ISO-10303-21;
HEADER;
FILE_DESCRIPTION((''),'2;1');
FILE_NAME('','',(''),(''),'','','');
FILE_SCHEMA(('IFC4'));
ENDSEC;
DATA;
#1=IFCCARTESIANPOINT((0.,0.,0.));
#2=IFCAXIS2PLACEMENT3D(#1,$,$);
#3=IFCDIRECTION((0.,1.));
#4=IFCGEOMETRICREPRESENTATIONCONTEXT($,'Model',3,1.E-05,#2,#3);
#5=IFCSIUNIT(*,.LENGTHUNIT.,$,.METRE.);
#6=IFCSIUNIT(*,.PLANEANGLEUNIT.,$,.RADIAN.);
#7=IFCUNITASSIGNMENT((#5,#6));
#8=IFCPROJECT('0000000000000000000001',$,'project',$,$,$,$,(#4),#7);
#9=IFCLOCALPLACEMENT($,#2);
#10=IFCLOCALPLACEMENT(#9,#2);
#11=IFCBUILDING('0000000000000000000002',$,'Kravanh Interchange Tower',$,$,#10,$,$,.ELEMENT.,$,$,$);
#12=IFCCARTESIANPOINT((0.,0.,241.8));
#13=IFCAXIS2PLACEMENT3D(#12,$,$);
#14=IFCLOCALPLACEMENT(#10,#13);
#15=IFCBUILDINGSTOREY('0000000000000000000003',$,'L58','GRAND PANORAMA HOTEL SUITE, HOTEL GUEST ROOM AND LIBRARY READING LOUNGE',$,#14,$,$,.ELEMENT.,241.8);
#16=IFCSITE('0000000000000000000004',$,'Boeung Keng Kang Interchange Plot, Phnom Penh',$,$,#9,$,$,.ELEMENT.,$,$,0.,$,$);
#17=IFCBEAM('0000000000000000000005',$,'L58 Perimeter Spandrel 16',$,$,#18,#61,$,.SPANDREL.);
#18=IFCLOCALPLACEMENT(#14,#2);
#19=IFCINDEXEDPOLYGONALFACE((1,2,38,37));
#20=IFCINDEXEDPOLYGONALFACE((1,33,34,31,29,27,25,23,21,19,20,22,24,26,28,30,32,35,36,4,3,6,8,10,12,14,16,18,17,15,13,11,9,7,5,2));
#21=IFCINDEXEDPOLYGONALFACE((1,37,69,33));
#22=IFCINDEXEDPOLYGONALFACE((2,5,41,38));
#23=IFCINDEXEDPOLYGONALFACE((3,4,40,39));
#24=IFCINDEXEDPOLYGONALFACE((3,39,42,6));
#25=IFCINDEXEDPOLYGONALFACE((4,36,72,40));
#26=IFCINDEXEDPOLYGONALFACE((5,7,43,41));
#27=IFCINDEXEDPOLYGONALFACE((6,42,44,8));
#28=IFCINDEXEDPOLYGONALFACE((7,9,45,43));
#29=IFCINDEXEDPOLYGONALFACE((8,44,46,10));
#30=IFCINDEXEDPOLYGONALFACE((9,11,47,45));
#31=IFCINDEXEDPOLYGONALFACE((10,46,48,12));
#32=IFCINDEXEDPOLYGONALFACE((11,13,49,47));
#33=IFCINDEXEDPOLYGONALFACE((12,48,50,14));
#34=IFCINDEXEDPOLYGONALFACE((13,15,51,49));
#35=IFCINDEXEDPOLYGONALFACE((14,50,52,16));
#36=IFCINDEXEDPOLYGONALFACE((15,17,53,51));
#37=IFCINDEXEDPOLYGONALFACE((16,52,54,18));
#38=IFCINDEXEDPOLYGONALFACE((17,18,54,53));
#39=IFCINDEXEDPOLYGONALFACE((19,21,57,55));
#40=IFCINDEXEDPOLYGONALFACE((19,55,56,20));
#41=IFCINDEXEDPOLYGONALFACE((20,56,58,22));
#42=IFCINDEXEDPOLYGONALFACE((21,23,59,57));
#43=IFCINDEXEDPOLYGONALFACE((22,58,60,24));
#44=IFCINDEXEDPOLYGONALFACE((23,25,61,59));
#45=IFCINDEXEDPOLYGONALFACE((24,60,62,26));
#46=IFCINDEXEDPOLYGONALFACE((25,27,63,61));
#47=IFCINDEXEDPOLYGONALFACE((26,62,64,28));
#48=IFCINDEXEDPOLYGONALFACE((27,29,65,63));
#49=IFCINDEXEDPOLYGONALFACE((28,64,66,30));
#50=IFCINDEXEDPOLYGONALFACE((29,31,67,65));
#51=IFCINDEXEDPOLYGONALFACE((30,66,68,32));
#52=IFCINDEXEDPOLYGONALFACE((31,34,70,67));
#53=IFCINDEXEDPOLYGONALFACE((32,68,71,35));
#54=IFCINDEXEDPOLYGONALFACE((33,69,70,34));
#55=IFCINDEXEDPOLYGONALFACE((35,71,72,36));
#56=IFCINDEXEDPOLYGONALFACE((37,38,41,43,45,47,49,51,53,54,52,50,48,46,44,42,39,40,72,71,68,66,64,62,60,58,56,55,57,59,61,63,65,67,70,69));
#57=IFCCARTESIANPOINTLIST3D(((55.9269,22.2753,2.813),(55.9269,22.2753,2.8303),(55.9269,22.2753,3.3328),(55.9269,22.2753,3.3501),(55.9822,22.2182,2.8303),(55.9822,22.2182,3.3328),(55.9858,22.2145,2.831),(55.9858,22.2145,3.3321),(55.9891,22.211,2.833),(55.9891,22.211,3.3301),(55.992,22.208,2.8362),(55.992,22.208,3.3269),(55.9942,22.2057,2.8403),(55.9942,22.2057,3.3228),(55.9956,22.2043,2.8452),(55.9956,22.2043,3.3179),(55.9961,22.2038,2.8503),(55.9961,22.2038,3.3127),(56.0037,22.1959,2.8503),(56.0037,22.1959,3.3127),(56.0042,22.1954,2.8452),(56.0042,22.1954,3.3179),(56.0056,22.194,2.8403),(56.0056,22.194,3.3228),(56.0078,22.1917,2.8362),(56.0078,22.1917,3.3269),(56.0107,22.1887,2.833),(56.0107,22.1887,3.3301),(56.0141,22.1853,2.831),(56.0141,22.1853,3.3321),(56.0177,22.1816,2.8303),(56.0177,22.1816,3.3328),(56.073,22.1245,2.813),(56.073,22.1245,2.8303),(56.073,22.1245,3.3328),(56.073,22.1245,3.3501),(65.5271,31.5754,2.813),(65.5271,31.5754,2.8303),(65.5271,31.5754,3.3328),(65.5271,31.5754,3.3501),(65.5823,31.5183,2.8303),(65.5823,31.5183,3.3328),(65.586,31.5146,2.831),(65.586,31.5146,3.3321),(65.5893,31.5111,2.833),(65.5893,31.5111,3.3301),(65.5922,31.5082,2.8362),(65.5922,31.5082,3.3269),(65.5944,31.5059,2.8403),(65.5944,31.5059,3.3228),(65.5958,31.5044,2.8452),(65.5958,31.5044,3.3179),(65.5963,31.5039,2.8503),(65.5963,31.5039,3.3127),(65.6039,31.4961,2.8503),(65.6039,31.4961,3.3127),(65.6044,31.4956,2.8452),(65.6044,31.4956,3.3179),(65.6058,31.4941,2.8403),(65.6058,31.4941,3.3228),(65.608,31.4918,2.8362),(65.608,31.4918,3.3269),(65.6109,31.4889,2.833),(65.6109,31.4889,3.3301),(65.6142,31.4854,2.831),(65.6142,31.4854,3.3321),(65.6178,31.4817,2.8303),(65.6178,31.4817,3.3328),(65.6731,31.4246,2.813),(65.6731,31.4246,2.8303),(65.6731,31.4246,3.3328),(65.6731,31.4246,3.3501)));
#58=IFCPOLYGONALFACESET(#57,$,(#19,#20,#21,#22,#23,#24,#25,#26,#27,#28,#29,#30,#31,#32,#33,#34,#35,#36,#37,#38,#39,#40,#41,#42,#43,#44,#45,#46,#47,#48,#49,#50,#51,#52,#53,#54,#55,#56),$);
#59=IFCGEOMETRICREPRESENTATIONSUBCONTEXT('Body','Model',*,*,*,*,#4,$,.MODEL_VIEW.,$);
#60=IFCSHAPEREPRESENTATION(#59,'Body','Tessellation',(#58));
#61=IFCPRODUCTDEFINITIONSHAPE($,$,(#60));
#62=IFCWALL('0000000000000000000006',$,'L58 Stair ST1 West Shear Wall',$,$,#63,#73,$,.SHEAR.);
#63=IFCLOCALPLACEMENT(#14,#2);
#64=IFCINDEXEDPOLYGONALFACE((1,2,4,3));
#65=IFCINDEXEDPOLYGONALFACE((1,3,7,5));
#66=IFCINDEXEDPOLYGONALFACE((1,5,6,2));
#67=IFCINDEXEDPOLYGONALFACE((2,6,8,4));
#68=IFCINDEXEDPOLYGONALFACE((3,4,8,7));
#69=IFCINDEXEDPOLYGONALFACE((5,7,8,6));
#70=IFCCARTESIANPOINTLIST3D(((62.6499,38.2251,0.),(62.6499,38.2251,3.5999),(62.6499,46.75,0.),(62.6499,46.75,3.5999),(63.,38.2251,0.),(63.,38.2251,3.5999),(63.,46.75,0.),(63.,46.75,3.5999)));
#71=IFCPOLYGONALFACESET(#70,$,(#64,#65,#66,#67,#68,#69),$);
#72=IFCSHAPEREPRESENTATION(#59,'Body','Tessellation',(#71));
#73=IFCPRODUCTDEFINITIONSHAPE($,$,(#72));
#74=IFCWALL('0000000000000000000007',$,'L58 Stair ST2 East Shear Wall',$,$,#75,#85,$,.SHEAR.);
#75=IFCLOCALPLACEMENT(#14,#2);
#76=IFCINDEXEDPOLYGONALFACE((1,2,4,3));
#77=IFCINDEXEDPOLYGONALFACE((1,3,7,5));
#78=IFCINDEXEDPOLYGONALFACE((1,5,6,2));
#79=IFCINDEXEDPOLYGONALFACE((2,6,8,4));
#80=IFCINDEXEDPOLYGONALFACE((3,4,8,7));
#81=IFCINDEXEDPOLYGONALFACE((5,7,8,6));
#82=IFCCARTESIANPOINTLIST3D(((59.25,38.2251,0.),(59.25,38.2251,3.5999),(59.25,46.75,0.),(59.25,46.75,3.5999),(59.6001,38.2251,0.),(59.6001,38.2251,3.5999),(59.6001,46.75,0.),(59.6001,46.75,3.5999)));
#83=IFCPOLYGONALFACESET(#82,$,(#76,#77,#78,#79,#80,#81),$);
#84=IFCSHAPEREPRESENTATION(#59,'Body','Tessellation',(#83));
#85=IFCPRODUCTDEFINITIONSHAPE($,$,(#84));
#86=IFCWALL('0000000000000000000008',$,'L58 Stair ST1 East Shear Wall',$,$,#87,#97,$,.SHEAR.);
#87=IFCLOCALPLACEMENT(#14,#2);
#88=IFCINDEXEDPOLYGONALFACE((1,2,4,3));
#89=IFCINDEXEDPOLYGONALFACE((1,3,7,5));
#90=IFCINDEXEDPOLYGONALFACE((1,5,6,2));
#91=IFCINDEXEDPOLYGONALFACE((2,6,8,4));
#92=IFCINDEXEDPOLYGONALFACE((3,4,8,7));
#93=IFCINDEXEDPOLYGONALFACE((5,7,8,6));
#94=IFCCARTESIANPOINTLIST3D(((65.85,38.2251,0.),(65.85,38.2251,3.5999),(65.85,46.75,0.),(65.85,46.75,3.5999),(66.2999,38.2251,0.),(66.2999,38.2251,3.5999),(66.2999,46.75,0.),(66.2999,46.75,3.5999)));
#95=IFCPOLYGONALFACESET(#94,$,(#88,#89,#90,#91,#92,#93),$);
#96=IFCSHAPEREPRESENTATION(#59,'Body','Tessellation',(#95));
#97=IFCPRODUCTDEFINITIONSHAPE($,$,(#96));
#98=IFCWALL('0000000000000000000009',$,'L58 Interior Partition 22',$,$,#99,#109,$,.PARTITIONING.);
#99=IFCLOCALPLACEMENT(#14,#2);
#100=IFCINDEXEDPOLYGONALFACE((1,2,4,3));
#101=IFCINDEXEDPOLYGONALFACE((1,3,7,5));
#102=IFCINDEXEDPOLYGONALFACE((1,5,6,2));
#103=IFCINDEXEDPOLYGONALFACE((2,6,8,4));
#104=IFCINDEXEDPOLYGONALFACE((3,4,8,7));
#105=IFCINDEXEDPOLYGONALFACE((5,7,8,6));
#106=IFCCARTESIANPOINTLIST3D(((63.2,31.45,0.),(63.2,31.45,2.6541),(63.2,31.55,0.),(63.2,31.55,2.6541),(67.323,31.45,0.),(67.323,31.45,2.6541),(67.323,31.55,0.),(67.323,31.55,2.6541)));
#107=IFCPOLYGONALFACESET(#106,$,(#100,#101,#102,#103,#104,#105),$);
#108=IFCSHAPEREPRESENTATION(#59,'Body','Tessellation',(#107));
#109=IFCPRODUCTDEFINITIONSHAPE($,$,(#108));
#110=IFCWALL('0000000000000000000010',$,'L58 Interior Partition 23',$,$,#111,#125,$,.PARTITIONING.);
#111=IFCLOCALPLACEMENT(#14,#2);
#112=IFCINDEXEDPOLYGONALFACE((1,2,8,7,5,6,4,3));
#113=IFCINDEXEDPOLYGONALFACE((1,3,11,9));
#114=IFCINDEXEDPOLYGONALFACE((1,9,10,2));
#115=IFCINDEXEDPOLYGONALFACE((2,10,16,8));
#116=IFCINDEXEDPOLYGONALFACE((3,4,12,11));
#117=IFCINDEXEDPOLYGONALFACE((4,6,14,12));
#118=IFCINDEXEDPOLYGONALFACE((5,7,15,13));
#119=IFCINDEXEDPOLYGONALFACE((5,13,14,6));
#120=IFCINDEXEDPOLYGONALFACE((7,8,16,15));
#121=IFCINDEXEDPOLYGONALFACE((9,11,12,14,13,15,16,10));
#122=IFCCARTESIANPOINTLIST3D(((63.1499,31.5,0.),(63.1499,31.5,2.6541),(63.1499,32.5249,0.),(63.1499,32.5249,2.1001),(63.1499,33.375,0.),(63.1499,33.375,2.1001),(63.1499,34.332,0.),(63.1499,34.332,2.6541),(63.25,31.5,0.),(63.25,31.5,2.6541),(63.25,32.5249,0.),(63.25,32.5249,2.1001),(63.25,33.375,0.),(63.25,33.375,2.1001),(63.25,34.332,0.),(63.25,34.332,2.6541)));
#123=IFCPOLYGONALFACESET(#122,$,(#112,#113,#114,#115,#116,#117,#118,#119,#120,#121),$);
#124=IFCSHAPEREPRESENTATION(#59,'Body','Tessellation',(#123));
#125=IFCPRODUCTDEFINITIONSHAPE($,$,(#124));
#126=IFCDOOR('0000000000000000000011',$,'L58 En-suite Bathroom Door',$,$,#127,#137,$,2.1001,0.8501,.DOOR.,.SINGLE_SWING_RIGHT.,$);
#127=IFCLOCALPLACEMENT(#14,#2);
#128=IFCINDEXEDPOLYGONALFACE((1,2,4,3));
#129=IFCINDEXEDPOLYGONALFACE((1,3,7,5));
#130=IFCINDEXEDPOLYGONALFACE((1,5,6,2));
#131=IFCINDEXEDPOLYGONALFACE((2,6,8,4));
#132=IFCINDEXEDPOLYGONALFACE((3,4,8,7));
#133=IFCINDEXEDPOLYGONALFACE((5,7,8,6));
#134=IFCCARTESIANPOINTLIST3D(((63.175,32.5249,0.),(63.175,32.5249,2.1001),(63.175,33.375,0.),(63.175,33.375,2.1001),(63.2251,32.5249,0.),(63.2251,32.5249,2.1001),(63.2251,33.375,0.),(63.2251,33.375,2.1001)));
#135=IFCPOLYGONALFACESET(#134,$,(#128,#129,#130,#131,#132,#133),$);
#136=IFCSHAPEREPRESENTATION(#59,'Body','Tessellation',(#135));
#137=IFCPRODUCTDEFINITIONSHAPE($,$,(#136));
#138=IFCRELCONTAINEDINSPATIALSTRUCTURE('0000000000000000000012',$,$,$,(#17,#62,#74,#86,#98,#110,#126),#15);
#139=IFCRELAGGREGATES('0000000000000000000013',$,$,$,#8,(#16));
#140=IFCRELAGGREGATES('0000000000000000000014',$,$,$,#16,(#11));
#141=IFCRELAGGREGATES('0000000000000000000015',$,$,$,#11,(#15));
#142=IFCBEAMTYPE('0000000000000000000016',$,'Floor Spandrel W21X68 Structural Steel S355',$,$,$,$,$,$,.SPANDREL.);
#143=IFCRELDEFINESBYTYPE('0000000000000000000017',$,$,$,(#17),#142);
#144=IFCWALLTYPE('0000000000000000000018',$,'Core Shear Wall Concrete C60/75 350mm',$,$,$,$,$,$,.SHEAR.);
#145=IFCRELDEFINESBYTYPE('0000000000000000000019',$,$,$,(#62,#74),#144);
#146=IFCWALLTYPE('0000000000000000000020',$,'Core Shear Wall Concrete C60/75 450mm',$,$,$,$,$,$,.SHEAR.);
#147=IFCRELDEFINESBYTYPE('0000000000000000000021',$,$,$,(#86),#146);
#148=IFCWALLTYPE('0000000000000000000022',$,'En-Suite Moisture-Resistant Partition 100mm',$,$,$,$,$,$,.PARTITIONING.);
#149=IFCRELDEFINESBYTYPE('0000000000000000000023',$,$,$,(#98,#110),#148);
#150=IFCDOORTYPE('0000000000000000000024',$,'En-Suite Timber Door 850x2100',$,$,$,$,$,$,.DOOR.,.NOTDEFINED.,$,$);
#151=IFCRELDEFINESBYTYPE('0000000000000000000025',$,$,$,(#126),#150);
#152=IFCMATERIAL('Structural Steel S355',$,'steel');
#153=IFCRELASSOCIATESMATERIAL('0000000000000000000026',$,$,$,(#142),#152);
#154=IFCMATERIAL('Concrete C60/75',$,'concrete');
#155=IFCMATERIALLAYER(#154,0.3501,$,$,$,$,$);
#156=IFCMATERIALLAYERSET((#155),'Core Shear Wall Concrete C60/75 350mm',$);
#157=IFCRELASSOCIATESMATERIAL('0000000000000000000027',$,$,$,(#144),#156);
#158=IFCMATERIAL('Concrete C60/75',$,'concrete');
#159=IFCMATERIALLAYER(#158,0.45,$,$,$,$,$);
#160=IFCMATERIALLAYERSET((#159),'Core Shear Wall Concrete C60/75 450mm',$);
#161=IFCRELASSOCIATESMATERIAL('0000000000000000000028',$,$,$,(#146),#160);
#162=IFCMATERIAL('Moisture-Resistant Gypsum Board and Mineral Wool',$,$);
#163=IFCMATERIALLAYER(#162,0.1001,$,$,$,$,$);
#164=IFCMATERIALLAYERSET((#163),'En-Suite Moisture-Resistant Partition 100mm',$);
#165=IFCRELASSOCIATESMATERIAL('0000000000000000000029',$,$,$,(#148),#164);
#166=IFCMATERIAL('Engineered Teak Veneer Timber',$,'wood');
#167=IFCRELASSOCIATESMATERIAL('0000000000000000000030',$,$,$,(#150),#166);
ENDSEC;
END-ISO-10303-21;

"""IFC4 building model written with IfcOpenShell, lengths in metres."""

from ifc_helpers import new_model, si_unit, direction, frame, frame_2d, origin, origin_2d, place, context, subcontext, project, spatial, rectangle, i_section, extrude, material, layer, layer_set, material_profile, profile_set, type_object, element, fill, save


model = new_model("IFC4")

# Units and contexts
model_context = context("Model", 3, precision=1e-05, world=origin(), true_north=direction((0.0, 1.0)))
body_context = subcontext(model_context, "Body", "Model", "MODEL_VIEW")
ifc_project = project(units=[si_unit("LENGTHUNIT", "METRE"), si_unit("PLANEANGLEUNIT", "RADIAN")], contexts=[model_context])

# Site, building, storey
site_placement = place(None, origin())
site = spatial("IfcSite", under=ifc_project, at=site_placement, Name="Boeung Keng Kang Interchange Plot, Phnom Penh", CompositionType="ELEMENT", RefElevation=0.0)
building_placement = place(site_placement, origin())
building = spatial("IfcBuilding", under=site, at=building_placement, Name="Kravanh Interchange Tower", CompositionType="ELEMENT")
storey_placement = place(building_placement, frame((0.0, 0.0, 241.8)))
storey = spatial("IfcBuildingStorey", under=building, at=storey_placement, Name="L58", Description="GRAND PANORAMA HOTEL SUITE, HOTEL GUEST ROOM AND LIBRARY READING LOUNGE", CompositionType="ELEMENT", Elevation=241.8)

# Beam
ifc_material_1 = material(Name="Structural Steel S355", Category="steel")
ifc_material_profile_1 = material_profile(ifc_material_1, i_section(OverallWidth=0.21, OverallDepth=0.5371, WebThickness=0.011, FlangeThickness=0.0173, FilletRadius=0.02, at=origin_2d()), Name="W21X68")
ifc_profile_set_1 = profile_set([ifc_material_profile_1], Name="Structural Steel S355")
beam_type_1 = type_object("IfcBeamType", Name="Floor Spandrel W21X68 Structural Steel S355", PredefinedType="SPANDREL", material=ifc_profile_set_1)
beam_1_placement = place(storey_placement, frame((65.6001, 31.5, 3.0815), z_axis=(-0.718242, -0.695793, 0.0), x_axis=(0.695793, -0.718242, 0.0)))
element("IfcBeam", 1, at=beam_1_placement, inside=storey, type_object=beam_type_1, Name="L58 Perimeter Spandrel 16", PredefinedType="SPANDREL", context=body_context, shape_type="SweptSolid", body=[
    extrude(i_section(OverallWidth=0.21, OverallDepth=0.5371, WebThickness=0.011, FlangeThickness=0.0173, FilletRadius=0.02, at=origin_2d()), origin(), (0.0, 0.0, 1.0), 13.3662),
])

# Walls
ifc_material_2 = material(Name="Concrete C60/75", Category="concrete")
ifc_layer_1 = layer(ifc_material_2, 0.3501)
ifc_layer_set_1 = layer_set([ifc_layer_1], Name="Core Shear Wall Concrete C60/75 350mm")
wall_type_1 = type_object("IfcWallType", Name="Core Shear Wall Concrete C60/75 350mm", PredefinedType="SHEAR", material=ifc_layer_set_1)
for number, where, z_axis, x_axis, name in (
    (2, (62.825, 38.2251, 0.0), (0.0, 0.0, 1.0), (0.0, 1.0, 0.0), "L58 Stair ST1 West Shear Wall"),
    (3, (59.425, 38.2251, 0.0), (0.0, 0.0, 1.0), (0.0, 1.0, 0.0), "L58 Stair ST2 East Shear Wall"),
):
    element("IfcWall", number, at=place(storey_placement, frame(where, z_axis=z_axis, x_axis=x_axis)), inside=storey, type_object=wall_type_1, Name=name, PredefinedType="SHEAR", context=body_context, shape_type="SweptSolid", body=[
        extrude(rectangle(XDim=8.5249, YDim=0.3501, at=frame_2d((4.2625, 0.0))), origin(), (0.0, 0.0, 1.0), 3.5999),
    ])
ifc_material_3 = material(Name="Concrete C60/75", Category="concrete")
ifc_layer_2 = layer(ifc_material_3, 0.45)
ifc_layer_set_2 = layer_set([ifc_layer_2], Name="Core Shear Wall Concrete C60/75 450mm")
wall_type_2 = type_object("IfcWallType", Name="Core Shear Wall Concrete C60/75 450mm", PredefinedType="SHEAR", material=ifc_layer_set_2)
wall_1_placement = place(storey_placement, frame((66.075, 38.2251, 0.0), z_axis=(0.0, 0.0, 1.0), x_axis=(0.0, 1.0, 0.0)))
element("IfcWall", 4, at=wall_1_placement, inside=storey, type_object=wall_type_2, Name="L58 Stair ST1 East Shear Wall", PredefinedType="SHEAR", context=body_context, shape_type="SweptSolid", body=[
    extrude(rectangle(XDim=8.5249, YDim=0.45, at=frame_2d((4.2625, 0.0))), origin(), (0.0, 0.0, 1.0), 3.5999),
])
ifc_material_4 = material(Name="Moisture-Resistant Gypsum Board and Mineral Wool")
ifc_layer_3 = layer(ifc_material_4, 0.1001)
ifc_layer_set_3 = layer_set([ifc_layer_3], Name="En-Suite Moisture-Resistant Partition 100mm")
wall_type_3 = type_object("IfcWallType", Name="En-Suite Moisture-Resistant Partition 100mm", PredefinedType="PARTITIONING", material=ifc_layer_set_3)
wall_2_placement = place(storey_placement, frame((63.2, 31.5, 0.0), z_axis=(0.0, 0.0, 1.0), x_axis=(1.0, 0.0, 0.0)))
element("IfcWall", 5, at=wall_2_placement, inside=storey, type_object=wall_type_3, Name="L58 Interior Partition 22", PredefinedType="PARTITIONING", context=body_context, shape_type="SweptSolid", body=[
    extrude(rectangle(XDim=4.123, YDim=0.1001, at=frame_2d((2.0615, 0.0))), origin(), (0.0, 0.0, 1.0), 2.6541),
])

# Wall, opening, door
wall_3_placement = place(storey_placement, frame((63.2, 31.5, 0.0), z_axis=(0.0, 0.0, 1.0), x_axis=(0.0, 1.0, 0.0)))
wall_3 = element("IfcWall", 6, at=wall_3_placement, inside=storey, type_object=wall_type_3, Name="L58 Interior Partition 23", PredefinedType="PARTITIONING", context=body_context, shape_type="SweptSolid", body=[
    extrude(rectangle(XDim=2.832, YDim=0.1001, at=frame_2d((1.416, 0.0))), origin(), (0.0, 0.0, 1.0), 2.6541),
])
opening_1_placement = place(wall_3_placement, frame((1.0249, 0.0, 0.0)))
opening_1 = element("IfcOpeningElement", 7, at=opening_1_placement, cuts=wall_3, PredefinedType="OPENING", context=body_context, shape_type="SweptSolid", body=[
    extrude(rectangle(XDim=0.8501, YDim=2.1001, at=frame_2d((0.425, 1.05))), frame((0.0, 0.0601, 0.0), z_axis=(0.0, -1.0, 0.0), x_axis=(1.0, 0.0, 0.0)), (0.0, 0.0, 1.0), 0.1201),
])
ifc_material_5 = material(Name="Engineered Teak Veneer Timber", Category="wood")
door_type_1 = type_object("IfcDoorType", Name="En-Suite Timber Door 850x2100", OperationType="NOTDEFINED", PredefinedType="DOOR", material=ifc_material_5)
door_1_placement = place(opening_1_placement, origin())
door_1 = element("IfcDoor", 8, at=door_1_placement, inside=storey, type_object=door_type_1, Name="L58 En-suite Bathroom Door", OperationType="SINGLE_SWING_RIGHT", OverallHeight=2.1001, OverallWidth=0.8501, PredefinedType="DOOR", context=body_context, shape_type="SweptSolid", body=[
    extrude(rectangle(XDim=0.8501, YDim=2.1001, at=frame_2d((0.425, 1.05))), frame((0.0, 0.0249, 0.0), z_axis=(0.0, -1.0, 0.0), x_axis=(1.0, 0.0, 0.0)), (0.0, 0.0, 1.0), 0.05),
])
fill(opening_1, door_1)

save(model, "model.ifc")
